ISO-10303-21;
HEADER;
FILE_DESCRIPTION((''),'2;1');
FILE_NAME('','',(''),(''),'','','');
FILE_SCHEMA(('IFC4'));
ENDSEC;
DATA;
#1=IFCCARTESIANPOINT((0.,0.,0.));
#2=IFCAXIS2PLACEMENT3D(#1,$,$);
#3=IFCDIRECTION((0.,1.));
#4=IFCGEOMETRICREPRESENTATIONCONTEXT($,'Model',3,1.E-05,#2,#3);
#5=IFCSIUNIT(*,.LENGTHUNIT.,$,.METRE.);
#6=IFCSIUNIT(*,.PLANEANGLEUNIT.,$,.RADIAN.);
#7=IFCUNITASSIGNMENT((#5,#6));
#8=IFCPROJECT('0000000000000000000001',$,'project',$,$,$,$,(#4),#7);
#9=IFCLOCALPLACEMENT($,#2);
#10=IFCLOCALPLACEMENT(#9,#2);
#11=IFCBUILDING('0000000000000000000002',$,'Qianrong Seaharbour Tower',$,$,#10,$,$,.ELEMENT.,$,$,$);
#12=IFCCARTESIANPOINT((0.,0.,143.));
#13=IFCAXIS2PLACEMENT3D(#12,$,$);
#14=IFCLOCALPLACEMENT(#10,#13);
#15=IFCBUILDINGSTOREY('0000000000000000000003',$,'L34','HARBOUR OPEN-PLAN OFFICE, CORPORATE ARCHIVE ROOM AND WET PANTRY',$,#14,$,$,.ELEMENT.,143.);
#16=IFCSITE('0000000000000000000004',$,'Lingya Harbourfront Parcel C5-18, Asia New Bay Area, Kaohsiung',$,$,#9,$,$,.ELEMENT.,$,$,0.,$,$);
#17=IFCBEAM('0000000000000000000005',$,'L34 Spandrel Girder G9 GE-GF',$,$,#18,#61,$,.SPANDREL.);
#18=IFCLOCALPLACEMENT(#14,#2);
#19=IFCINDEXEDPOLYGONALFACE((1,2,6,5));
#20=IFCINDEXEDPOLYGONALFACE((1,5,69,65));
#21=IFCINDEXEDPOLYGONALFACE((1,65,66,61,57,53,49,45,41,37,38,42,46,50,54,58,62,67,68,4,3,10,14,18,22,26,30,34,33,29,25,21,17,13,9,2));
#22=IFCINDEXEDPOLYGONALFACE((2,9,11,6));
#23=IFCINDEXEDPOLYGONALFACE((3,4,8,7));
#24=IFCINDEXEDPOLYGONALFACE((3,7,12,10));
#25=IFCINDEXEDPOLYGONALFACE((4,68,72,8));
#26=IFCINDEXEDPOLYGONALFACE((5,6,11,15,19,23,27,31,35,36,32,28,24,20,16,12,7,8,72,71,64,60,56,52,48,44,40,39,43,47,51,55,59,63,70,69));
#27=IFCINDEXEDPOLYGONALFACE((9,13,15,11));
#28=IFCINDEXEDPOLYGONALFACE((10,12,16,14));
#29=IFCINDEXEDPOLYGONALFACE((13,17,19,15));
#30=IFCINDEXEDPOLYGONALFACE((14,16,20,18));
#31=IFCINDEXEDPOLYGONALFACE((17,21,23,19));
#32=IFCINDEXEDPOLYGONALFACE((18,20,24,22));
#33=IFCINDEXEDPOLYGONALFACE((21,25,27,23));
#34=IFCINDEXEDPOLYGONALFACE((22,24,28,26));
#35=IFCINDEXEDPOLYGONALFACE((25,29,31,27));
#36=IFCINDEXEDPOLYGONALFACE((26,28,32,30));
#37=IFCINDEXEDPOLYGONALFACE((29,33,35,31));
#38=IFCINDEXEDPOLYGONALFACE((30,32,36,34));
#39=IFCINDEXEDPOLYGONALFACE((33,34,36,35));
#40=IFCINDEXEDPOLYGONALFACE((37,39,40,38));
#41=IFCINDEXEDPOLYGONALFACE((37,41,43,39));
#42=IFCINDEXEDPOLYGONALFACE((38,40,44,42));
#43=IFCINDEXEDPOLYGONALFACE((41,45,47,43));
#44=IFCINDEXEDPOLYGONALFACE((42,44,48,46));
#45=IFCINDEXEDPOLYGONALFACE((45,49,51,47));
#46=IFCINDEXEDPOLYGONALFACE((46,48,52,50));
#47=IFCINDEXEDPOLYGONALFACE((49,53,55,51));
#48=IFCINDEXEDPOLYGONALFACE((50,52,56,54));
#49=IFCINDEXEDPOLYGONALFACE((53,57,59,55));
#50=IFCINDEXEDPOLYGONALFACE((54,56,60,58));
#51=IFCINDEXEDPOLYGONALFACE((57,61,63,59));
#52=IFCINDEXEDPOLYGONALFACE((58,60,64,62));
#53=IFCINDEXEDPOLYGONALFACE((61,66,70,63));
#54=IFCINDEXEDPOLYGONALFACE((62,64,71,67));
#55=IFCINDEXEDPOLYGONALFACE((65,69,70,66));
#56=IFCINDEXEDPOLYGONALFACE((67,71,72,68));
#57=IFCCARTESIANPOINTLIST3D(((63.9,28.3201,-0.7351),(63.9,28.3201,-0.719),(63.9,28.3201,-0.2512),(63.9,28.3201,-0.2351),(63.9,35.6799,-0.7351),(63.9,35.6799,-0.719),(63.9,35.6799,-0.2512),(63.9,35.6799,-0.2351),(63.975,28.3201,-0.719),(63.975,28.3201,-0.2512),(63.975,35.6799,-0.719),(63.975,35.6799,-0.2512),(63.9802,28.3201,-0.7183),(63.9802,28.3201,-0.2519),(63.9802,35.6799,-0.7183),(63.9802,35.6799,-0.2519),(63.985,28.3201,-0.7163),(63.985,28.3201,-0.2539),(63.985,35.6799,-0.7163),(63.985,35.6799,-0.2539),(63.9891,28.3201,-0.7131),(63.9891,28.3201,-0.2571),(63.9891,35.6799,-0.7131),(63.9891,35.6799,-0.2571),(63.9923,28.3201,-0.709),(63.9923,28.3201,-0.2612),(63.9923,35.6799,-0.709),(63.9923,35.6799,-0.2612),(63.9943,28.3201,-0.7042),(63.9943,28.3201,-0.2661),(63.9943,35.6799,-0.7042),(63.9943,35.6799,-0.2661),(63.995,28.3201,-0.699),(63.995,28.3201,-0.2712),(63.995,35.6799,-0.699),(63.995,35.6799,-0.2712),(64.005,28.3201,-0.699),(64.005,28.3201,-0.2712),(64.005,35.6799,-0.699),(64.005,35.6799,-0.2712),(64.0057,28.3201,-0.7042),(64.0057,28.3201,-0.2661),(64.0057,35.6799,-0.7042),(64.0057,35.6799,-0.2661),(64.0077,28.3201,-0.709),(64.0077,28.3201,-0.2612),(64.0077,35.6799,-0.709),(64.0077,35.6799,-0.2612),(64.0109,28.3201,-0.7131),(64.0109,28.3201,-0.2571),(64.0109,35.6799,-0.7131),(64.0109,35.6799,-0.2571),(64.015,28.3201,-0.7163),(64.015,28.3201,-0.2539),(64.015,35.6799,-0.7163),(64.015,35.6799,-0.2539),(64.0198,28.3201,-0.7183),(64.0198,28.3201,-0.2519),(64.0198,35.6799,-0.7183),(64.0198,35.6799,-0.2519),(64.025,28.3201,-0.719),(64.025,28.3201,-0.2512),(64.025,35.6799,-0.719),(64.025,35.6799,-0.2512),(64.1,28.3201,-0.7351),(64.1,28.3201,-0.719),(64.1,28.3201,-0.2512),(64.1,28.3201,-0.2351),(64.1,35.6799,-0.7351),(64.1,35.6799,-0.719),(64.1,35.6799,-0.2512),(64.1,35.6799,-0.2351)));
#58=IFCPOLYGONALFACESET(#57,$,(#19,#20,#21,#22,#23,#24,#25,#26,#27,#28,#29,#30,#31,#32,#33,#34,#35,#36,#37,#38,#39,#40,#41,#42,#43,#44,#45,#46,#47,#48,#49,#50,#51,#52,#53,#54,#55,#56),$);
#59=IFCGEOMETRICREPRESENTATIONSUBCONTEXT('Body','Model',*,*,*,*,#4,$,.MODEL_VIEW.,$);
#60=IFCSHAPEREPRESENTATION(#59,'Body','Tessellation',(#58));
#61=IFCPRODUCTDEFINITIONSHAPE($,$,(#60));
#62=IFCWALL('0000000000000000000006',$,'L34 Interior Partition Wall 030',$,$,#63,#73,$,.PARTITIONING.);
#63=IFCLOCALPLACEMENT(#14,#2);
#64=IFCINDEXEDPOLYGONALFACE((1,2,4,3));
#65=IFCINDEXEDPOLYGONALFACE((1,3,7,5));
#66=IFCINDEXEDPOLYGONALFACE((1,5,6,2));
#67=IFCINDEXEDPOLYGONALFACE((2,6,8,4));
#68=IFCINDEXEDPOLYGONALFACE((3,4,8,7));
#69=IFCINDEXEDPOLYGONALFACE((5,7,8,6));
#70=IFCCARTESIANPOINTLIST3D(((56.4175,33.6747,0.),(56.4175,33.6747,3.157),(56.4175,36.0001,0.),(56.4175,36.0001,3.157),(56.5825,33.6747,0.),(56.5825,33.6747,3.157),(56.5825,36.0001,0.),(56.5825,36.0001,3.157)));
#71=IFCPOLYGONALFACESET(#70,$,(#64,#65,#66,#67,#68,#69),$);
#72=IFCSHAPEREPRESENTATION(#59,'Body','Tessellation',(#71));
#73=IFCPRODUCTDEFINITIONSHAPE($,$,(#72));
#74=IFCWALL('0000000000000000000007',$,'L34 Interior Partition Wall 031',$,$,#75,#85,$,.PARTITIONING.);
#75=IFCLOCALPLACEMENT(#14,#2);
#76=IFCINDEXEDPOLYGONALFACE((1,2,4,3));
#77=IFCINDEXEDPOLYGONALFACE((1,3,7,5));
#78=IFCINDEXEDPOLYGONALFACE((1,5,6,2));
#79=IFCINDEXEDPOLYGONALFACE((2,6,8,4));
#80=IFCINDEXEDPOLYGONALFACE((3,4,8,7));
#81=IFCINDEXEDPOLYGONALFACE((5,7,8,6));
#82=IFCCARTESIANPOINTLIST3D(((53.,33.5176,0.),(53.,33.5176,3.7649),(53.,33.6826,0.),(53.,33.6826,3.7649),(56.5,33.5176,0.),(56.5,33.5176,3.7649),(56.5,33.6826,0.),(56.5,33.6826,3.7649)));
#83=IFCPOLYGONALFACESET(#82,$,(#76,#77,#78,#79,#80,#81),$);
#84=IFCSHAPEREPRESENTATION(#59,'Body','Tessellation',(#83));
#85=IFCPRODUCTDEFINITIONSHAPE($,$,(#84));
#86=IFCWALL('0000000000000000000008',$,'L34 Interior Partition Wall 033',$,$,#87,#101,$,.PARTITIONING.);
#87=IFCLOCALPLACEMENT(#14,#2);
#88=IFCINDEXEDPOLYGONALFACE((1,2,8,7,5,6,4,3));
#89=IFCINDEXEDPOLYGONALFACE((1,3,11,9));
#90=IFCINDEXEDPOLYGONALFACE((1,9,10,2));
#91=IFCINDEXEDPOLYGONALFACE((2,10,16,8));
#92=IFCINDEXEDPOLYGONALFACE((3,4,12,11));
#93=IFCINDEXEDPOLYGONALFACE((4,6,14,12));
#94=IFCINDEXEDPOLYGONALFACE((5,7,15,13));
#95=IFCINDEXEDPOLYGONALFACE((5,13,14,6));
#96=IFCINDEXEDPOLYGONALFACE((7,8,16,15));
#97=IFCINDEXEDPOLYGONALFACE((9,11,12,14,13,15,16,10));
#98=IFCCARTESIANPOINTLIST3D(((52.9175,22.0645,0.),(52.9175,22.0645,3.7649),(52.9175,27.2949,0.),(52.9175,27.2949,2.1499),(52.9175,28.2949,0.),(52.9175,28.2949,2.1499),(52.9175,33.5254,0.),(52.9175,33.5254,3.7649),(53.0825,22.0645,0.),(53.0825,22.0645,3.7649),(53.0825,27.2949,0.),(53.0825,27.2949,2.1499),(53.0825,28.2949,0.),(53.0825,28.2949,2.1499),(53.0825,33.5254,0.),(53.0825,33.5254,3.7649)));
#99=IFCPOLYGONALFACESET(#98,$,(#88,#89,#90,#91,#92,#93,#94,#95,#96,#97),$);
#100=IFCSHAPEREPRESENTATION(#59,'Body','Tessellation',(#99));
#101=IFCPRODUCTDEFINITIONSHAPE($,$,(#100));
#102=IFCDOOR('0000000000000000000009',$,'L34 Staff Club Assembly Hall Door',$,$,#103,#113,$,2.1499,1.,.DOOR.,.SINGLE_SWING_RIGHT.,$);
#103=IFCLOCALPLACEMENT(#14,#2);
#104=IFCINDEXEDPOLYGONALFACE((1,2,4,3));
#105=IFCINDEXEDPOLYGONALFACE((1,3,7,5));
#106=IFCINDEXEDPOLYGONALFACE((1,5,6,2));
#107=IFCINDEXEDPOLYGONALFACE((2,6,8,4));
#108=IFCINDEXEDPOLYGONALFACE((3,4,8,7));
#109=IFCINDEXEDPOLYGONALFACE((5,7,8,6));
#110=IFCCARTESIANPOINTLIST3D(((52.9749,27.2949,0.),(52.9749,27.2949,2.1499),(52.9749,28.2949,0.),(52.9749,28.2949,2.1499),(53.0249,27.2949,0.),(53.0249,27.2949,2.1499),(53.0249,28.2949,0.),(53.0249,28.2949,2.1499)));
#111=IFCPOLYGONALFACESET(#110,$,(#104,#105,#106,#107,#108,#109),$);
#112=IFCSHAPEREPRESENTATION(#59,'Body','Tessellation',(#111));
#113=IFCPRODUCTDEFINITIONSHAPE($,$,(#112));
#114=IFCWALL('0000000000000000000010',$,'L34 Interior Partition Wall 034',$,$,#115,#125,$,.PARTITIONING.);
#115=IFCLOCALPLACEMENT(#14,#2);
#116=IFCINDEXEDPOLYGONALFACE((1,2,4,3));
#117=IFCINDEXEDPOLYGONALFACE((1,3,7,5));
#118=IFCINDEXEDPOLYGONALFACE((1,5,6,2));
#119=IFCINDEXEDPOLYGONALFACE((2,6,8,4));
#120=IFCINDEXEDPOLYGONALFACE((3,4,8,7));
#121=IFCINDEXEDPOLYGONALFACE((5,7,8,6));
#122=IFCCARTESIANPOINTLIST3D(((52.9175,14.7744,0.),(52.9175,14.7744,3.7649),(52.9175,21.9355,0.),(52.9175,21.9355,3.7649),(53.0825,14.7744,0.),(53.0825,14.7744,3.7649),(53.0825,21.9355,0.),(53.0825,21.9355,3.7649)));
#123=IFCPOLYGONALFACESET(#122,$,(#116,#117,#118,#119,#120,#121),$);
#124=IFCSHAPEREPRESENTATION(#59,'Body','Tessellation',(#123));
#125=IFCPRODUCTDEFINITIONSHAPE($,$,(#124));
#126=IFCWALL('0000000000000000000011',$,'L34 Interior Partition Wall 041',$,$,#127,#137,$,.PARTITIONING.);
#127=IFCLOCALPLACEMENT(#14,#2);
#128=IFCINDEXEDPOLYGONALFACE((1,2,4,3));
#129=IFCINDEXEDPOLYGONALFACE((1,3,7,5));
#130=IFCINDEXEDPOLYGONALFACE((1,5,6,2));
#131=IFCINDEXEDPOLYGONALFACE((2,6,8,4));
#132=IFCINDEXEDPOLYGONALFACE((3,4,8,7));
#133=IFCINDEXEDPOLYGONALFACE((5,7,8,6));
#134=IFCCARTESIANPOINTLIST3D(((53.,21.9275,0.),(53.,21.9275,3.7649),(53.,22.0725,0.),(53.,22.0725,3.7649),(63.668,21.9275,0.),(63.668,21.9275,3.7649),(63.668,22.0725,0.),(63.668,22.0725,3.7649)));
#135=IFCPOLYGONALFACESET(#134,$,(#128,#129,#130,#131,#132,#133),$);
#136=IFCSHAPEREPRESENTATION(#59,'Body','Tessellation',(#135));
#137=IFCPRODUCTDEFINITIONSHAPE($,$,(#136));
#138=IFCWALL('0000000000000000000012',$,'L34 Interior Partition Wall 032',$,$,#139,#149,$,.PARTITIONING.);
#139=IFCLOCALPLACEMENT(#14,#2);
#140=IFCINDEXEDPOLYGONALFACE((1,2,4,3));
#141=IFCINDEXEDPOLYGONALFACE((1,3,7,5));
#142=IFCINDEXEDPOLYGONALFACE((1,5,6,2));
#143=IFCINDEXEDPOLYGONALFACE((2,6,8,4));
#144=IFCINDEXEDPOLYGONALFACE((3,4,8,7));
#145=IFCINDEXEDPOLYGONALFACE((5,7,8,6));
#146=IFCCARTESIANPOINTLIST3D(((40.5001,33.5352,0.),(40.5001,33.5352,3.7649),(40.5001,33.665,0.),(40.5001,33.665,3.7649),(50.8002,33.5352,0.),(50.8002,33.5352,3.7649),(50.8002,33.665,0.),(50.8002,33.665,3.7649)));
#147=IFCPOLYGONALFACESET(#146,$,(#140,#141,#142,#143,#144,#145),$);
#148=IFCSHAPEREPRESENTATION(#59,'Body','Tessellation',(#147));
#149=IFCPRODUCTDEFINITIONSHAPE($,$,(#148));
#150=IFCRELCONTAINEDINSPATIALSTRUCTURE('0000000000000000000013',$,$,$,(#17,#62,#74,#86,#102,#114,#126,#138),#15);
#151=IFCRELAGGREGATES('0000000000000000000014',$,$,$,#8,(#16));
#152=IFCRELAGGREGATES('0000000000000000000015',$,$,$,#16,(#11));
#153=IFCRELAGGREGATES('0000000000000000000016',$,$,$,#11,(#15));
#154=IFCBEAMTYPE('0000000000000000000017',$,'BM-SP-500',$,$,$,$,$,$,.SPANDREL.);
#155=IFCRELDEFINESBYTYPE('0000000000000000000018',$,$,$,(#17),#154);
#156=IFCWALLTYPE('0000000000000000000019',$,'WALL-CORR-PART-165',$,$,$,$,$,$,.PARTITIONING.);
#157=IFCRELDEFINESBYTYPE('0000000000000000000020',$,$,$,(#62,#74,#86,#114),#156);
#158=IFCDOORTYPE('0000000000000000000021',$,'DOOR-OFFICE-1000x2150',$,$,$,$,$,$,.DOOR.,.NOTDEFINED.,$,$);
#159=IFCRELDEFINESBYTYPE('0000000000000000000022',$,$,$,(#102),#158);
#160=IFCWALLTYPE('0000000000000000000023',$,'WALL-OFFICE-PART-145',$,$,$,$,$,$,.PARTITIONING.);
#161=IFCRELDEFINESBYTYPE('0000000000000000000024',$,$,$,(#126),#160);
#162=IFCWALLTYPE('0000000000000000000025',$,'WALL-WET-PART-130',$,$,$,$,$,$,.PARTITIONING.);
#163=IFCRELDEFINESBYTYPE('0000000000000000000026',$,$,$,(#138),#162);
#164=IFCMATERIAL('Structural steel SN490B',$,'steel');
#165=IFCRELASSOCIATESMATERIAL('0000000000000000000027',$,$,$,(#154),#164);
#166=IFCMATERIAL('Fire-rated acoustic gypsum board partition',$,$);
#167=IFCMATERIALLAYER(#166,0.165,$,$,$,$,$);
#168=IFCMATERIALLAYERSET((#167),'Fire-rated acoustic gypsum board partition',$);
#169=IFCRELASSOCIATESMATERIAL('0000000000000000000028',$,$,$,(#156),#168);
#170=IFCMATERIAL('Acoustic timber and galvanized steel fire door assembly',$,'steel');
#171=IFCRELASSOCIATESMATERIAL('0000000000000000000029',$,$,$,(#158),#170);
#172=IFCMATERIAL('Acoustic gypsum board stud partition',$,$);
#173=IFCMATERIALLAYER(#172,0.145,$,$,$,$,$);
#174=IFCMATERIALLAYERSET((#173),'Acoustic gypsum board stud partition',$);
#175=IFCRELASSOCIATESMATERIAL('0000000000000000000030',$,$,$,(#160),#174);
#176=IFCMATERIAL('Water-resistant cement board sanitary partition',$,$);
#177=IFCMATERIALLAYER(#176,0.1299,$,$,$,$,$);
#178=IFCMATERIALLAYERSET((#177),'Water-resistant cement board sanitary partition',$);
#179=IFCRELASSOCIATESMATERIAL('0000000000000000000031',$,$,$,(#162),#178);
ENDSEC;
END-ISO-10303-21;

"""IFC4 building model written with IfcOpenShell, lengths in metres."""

from ifc_helpers import new_model, si_unit, direction, frame, frame_2d, origin, origin_2d, place, context, subcontext, project, spatial, rectangle, i_section, extrude, material, layer, layer_set, material_profile, profile_set, type_object, element, fill, save


model = new_model("IFC4")

# Units and contexts
model_context = context("Model", 3, precision=1e-05, world=origin(), true_north=direction((0.0, 1.0)))
body_context = subcontext(model_context, "Body", "Model", "MODEL_VIEW")
ifc_project = project(units=[si_unit("LENGTHUNIT", "METRE"), si_unit("PLANEANGLEUNIT", "RADIAN")], contexts=[model_context])

# Site, building, storey
site_placement = place(None, origin())
site = spatial("IfcSite", under=ifc_project, at=site_placement, Name="Lingya Harbourfront Parcel C5-18, Asia New Bay Area, Kaohsiung", CompositionType="ELEMENT", RefElevation=0.0)
building_placement = place(site_placement, origin())
building = spatial("IfcBuilding", under=site, at=building_placement, Name="Qianrong Seaharbour Tower", CompositionType="ELEMENT")
storey_placement = place(building_placement, frame((0.0, 0.0, 143.0)))
storey = spatial("IfcBuildingStorey", under=building, at=storey_placement, Name="L34", Description="HARBOUR OPEN-PLAN OFFICE, CORPORATE ARCHIVE ROOM AND WET PANTRY", CompositionType="ELEMENT", Elevation=143.0)

# Shared definitions
ifc_material_1 = material(Name="Structural steel SN490B", Category="steel")

# Beam
ifc_material_profile_1 = material_profile(ifc_material_1, i_section(OverallWidth=0.2, OverallDepth=0.5, WebThickness=0.01, FlangeThickness=0.0161, FilletRadius=0.02, at=origin_2d()), Name="H500x200x10x16")
ifc_profile_set_1 = profile_set([ifc_material_profile_1], Name="Structural steel SN490B")
beam_type_1 = type_object("IfcBeamType", Name="BM-SP-500", PredefinedType="SPANDREL", material=ifc_profile_set_1)
beam_1_placement = place(storey_placement, frame((64.0, 28.3201, -0.4851), z_axis=(0.0, 1.0, 0.0), x_axis=(-1.0, 0.0, 0.0)))
element("IfcBeam", 1, at=beam_1_placement, inside=storey, type_object=beam_type_1, Name="L34 Spandrel Girder G9 GE-GF", PredefinedType="SPANDREL", context=body_context, shape_type="SweptSolid", body=[
    extrude(i_section(OverallWidth=0.2, OverallDepth=0.5, WebThickness=0.01, FlangeThickness=0.0161, FilletRadius=0.02, at=origin_2d()), origin(), (0.0, 0.0, 1.0), 7.3599),
])

# Walls
ifc_material_2 = material(Name="Fire-rated acoustic gypsum board partition")
ifc_layer_1 = layer(ifc_material_2, 0.165)
ifc_layer_set_1 = layer_set([ifc_layer_1], Name="Fire-rated acoustic gypsum board partition")
wall_type_1 = type_object("IfcWallType", Name="WALL-CORR-PART-165", PredefinedType="PARTITIONING", material=ifc_layer_set_1)
wall_1_placement = place(storey_placement, frame((56.5, 36.0, 0.0), z_axis=(0.0, 0.0, 1.0), x_axis=(0.0, -1.0, 0.0)))
element("IfcWall", 2, at=wall_1_placement, inside=storey, type_object=wall_type_1, Name="L34 Interior Partition Wall 030", PredefinedType="PARTITIONING", context=body_context, shape_type="SweptSolid", body=[
    extrude(rectangle(XDim=2.3254, YDim=0.165, at=frame_2d((1.1626, 0.0))), origin(), (0.0, 0.0, 1.0), 3.157),
])
wall_2_placement = place(storey_placement, frame((56.5, 33.6001, 0.0), z_axis=(0.0, 0.0, 1.0), x_axis=(-1.0, 0.0, 0.0)))
element("IfcWall", 3, at=wall_2_placement, inside=storey, type_object=wall_type_1, Name="L34 Interior Partition Wall 031", PredefinedType="PARTITIONING", context=body_context, shape_type="SweptSolid", body=[
    extrude(rectangle(XDim=3.5, YDim=0.165, at=frame_2d((1.75, 0.0))), origin(), (0.0, 0.0, 1.0), 3.7649),
])

# Wall, opening, door
wall_3_placement = place(storey_placement, frame((53.0, 33.5254, 0.0), z_axis=(0.0, 0.0, 1.0), x_axis=(0.0, -1.0, 0.0)))
wall_3 = element("IfcWall", 4, at=wall_3_placement, inside=storey, type_object=wall_type_1, Name="L34 Interior Partition Wall 033", PredefinedType="PARTITIONING", context=body_context, shape_type="SweptSolid", body=[
    extrude(rectangle(XDim=11.4609, YDim=0.165, at=frame_2d((5.7305, 0.0))), origin(), (0.0, 0.0, 1.0), 3.7649),
])
opening_placement = place(wall_3_placement, frame((5.2305, 0.0, 0.0)))
opening = element("IfcOpeningElement", 5, at=opening_placement, cuts=wall_3, PredefinedType="OPENING", context=body_context, shape_type="SweptSolid", body=[
    extrude(rectangle(XDim=1.0, YDim=2.1499, at=frame_2d((0.5, 1.075))), frame((0.0, 0.0925, 0.0), z_axis=(0.0, -1.0, 0.0), x_axis=(1.0, 0.0, 0.0)), (0.0, 0.0, 1.0), 0.1851),
])
ifc_material_3 = material(Name="Acoustic timber and galvanized steel fire door assembly", Category="steel")
door_type = type_object("IfcDoorType", Name="DOOR-OFFICE-1000x2150", OperationType="NOTDEFINED", PredefinedType="DOOR", material=ifc_material_3)
door_placement = place(opening_placement, origin())
door = element("IfcDoor", 6, at=door_placement, inside=storey, type_object=door_type, Name="L34 Staff Club Assembly Hall Door", OperationType="SINGLE_SWING_RIGHT", OverallHeight=2.1499, OverallWidth=1.0, PredefinedType="DOOR", context=body_context, shape_type="SweptSolid", body=[
    extrude(rectangle(XDim=1.0, YDim=2.1499, at=frame_2d((0.5, 1.075))), frame((0.0, 0.0249, 0.0), z_axis=(0.0, -1.0, 0.0), x_axis=(1.0, 0.0, 0.0)), (0.0, 0.0, 1.0), 0.05),
])
fill(opening, door)

# Walls
wall_4_placement = place(storey_placement, frame((53.0, 21.9355, 0.0), z_axis=(0.0, 0.0, 1.0), x_axis=(0.0, -1.0, 0.0)))
element("IfcWall", 7, at=wall_4_placement, inside=storey, type_object=wall_type_1, Name="L34 Interior Partition Wall 034", PredefinedType="PARTITIONING", context=body_context, shape_type="SweptSolid", body=[
    extrude(rectangle(XDim=7.1611, YDim=0.165, at=frame_2d((3.5806, 0.0))), origin(), (0.0, 0.0, 1.0), 3.7649),
])
ifc_material_4 = material(Name="Acoustic gypsum board stud partition")
ifc_layer_2 = layer(ifc_material_4, 0.145)
ifc_layer_set_2 = layer_set([ifc_layer_2], Name="Acoustic gypsum board stud partition")
wall_type_2 = type_object("IfcWallType", Name="WALL-OFFICE-PART-145", PredefinedType="PARTITIONING", material=ifc_layer_set_2)
wall_5_placement = place(storey_placement, frame((63.668, 22.0, 0.0), z_axis=(0.0, 0.0, 1.0), x_axis=(-1.0, 0.0, 0.0)))
element("IfcWall", 8, at=wall_5_placement, inside=storey, type_object=wall_type_2, Name="L34 Interior Partition Wall 041", PredefinedType="PARTITIONING", context=body_context, shape_type="SweptSolid", body=[
    extrude(rectangle(XDim=10.668, YDim=0.145, at=frame_2d((5.334, 0.0))), origin(), (0.0, 0.0, 1.0), 3.7649),
])
ifc_material_5 = material(Name="Water-resistant cement board sanitary partition")
ifc_layer_3 = layer(ifc_material_5, 0.1299)
ifc_layer_set_3 = layer_set([ifc_layer_3], Name="Water-resistant cement board sanitary partition")
wall_type_3 = type_object("IfcWallType", Name="WALL-WET-PART-130", PredefinedType="PARTITIONING", material=ifc_layer_set_3)
wall_6_placement = place(storey_placement, frame((50.8, 33.6001, 0.0), z_axis=(0.0, 0.0, 1.0), x_axis=(-1.0, 0.0, 0.0)))
element("IfcWall", 9, at=wall_6_placement, inside=storey, type_object=wall_type_3, Name="L34 Interior Partition Wall 032", PredefinedType="PARTITIONING", context=body_context, shape_type="SweptSolid", body=[
    extrude(rectangle(XDim=10.3, YDim=0.1299, at=frame_2d((5.1499, 0.0))), origin(), (0.0, 0.0, 1.0), 3.7649),
])

save(model, "model.ifc")
